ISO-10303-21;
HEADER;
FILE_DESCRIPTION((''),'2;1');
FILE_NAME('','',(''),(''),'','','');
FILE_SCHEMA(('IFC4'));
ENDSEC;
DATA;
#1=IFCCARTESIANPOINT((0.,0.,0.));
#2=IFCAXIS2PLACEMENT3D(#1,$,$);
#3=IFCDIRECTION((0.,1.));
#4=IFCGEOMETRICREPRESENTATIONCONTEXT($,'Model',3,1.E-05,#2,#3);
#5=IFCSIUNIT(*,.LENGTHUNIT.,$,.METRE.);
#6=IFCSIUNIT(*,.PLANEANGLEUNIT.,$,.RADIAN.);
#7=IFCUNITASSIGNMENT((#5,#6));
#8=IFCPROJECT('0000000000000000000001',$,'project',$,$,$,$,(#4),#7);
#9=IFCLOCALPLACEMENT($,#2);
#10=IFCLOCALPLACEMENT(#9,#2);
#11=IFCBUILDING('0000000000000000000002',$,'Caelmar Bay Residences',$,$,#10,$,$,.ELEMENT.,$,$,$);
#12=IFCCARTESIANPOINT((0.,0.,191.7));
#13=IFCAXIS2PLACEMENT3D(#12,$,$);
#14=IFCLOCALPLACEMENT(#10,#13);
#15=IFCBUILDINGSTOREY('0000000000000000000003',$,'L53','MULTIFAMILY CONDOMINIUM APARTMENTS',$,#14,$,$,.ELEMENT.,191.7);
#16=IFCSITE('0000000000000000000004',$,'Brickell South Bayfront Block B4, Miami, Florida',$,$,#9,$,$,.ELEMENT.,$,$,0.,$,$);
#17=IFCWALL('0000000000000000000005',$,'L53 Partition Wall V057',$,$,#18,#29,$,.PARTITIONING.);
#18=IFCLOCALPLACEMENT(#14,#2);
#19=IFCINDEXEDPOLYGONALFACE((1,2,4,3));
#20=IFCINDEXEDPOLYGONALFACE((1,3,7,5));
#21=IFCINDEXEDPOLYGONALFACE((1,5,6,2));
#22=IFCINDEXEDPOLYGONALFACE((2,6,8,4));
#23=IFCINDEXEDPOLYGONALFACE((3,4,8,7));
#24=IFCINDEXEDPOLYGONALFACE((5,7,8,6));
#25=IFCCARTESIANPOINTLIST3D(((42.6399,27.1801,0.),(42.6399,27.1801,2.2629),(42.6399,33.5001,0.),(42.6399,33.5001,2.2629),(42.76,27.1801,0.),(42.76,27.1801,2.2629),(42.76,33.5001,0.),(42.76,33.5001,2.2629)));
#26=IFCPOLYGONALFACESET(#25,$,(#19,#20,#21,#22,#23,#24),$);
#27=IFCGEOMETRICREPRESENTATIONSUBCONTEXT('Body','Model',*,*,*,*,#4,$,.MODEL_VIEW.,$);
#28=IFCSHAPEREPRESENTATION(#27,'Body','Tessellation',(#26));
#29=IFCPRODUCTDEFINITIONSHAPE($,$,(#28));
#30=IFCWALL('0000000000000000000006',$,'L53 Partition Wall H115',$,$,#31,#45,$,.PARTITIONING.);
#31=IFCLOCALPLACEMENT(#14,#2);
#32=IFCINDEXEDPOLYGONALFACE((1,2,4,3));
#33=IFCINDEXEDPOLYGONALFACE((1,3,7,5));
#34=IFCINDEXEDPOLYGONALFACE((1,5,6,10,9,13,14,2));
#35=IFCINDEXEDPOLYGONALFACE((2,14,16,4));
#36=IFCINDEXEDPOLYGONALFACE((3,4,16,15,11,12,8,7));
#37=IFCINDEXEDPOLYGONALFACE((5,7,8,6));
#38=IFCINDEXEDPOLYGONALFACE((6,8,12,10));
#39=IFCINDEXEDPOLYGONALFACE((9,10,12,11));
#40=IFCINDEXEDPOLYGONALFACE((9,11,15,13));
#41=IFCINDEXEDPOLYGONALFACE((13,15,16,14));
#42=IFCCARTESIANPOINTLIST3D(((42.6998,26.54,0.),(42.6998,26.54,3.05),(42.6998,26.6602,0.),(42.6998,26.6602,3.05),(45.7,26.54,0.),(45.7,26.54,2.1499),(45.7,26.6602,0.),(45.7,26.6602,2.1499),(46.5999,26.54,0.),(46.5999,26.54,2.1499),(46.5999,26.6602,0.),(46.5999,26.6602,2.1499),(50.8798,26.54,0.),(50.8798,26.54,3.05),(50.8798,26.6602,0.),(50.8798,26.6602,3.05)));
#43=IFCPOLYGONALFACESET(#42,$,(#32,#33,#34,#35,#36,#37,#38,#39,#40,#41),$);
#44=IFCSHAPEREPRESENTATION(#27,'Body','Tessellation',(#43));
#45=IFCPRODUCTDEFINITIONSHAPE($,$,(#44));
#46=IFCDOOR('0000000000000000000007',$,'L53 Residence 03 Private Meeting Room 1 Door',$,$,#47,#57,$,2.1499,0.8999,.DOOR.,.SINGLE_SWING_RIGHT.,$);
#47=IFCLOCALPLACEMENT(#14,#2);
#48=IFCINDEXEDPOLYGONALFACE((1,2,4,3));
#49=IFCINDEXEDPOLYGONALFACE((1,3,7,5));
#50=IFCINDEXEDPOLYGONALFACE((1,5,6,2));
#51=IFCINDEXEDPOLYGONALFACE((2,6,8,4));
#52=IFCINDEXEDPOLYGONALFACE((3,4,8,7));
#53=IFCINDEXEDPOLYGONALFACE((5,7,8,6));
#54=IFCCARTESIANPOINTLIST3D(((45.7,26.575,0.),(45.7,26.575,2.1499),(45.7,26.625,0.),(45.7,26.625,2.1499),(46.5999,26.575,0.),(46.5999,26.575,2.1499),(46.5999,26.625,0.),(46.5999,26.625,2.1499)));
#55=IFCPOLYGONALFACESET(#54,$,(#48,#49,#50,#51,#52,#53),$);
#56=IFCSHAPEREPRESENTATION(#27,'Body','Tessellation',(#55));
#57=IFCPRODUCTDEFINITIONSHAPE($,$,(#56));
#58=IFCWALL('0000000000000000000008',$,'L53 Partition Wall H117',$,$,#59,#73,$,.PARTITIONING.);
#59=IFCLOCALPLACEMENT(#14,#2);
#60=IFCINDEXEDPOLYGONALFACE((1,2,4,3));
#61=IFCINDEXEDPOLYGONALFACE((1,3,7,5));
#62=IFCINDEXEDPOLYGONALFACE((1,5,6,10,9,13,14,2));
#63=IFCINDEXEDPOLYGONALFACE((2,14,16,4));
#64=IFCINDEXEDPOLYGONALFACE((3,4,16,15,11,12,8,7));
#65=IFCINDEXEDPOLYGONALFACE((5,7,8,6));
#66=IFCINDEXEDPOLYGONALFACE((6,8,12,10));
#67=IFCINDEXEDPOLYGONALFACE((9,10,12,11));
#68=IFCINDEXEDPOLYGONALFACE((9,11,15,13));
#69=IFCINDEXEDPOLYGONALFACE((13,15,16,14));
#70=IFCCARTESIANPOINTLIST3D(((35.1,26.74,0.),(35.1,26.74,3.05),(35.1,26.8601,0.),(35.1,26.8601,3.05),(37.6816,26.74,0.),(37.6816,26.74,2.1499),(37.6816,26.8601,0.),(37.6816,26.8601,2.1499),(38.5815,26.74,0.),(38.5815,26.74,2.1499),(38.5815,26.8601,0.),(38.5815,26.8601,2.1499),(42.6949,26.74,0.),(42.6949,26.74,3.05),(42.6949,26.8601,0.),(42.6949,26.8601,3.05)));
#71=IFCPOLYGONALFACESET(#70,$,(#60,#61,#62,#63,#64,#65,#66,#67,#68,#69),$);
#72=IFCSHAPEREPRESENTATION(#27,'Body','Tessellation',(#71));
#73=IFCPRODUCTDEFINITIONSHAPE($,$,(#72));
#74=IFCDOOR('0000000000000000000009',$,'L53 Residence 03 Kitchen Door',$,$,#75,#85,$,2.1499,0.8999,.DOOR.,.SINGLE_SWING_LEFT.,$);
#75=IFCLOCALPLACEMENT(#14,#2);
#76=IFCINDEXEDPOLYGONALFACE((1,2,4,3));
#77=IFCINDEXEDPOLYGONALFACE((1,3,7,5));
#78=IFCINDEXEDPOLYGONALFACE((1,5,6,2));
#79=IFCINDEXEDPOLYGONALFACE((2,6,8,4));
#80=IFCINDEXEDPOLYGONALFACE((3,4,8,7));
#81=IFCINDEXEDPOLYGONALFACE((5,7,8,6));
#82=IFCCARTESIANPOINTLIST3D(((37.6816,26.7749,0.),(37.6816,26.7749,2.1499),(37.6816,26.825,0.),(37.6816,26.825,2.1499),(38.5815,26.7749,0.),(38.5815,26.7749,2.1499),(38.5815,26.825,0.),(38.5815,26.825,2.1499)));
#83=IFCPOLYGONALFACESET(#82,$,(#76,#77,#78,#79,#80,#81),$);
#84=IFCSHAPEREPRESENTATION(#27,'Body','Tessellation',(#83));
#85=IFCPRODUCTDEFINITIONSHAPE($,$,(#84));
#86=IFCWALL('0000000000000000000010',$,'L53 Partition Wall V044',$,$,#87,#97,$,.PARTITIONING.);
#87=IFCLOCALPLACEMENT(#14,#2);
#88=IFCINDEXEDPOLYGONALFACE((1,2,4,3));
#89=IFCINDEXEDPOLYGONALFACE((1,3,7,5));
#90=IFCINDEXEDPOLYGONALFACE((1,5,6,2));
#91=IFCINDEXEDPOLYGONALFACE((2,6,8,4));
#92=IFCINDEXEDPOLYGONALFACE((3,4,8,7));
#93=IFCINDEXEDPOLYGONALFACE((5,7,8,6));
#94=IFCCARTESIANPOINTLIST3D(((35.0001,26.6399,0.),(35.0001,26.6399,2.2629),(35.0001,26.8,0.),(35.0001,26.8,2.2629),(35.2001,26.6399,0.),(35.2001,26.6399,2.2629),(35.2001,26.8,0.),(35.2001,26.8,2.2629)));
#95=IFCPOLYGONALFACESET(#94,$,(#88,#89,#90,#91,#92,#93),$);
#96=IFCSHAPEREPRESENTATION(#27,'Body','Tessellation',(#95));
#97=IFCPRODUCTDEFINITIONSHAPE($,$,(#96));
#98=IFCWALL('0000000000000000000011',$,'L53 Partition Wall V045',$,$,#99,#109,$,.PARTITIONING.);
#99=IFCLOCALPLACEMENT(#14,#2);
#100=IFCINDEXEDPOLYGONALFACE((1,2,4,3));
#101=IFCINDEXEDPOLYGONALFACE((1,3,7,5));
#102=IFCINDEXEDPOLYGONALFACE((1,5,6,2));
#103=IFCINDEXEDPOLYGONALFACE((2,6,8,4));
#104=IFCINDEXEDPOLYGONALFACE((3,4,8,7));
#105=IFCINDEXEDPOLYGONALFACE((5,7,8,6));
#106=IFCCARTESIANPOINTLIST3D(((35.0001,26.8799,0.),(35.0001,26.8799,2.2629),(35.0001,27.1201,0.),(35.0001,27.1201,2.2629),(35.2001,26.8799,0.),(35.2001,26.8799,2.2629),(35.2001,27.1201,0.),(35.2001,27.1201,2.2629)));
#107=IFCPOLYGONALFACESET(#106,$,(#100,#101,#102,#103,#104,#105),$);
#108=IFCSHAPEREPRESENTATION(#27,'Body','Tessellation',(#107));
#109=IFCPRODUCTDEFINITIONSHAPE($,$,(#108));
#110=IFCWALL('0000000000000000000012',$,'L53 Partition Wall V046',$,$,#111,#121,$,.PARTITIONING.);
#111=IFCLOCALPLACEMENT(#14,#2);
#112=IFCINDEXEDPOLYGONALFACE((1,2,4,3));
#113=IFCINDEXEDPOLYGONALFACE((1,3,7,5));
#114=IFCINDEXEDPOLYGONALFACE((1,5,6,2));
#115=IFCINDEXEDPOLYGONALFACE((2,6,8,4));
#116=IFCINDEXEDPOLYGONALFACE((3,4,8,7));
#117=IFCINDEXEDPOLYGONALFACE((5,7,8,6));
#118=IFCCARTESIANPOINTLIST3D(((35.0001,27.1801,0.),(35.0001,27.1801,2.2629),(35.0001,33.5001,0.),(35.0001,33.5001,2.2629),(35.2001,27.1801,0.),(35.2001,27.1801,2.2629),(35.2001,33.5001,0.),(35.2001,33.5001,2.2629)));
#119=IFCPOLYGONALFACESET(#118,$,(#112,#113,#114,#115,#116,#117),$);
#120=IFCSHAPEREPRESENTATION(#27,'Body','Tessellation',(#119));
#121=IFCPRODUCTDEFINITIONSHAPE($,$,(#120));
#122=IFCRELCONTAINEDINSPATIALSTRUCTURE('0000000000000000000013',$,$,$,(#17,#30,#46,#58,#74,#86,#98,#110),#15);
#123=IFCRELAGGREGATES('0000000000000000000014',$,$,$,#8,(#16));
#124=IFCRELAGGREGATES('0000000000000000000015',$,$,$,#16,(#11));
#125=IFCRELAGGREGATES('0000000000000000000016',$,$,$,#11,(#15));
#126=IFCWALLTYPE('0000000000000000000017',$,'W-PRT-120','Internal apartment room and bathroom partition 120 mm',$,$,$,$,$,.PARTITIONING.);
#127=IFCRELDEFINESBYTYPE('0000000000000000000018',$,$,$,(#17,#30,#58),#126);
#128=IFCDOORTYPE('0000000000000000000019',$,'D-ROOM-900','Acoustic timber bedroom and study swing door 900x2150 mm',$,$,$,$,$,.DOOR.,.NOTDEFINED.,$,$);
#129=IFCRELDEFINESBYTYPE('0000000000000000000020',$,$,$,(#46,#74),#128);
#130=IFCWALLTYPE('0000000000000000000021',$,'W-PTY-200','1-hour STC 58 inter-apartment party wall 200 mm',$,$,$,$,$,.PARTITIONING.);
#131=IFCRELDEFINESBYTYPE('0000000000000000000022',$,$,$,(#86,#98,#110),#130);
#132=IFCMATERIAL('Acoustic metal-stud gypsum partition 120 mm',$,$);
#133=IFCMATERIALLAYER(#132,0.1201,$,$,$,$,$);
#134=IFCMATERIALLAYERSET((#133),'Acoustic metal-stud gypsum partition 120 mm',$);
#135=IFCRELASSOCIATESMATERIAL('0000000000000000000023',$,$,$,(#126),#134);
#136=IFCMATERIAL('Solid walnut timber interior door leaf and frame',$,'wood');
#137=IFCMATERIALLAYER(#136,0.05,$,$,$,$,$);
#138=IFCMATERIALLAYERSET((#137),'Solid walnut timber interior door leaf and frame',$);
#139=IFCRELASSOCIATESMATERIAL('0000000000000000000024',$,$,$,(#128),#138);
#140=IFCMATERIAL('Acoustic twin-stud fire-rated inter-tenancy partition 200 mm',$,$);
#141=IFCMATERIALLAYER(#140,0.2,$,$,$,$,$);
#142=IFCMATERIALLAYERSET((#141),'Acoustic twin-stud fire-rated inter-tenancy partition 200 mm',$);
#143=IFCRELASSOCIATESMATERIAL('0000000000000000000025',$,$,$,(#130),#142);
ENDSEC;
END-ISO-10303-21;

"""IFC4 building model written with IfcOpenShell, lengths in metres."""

from ifc_helpers import new_model, si_unit, direction, frame, frame_2d, origin, place, context, subcontext, project, spatial, rectangle, extrude, material, layer, layer_set, type_object, element, fill, save


model = new_model("IFC4")

# Units and contexts
model_context = context("Model", 3, precision=1e-05, world=origin(), true_north=direction((0.0, 1.0)))
body_context = subcontext(model_context, "Body", "Model", "MODEL_VIEW")
ifc_project = project(units=[si_unit("LENGTHUNIT", "METRE"), si_unit("PLANEANGLEUNIT", "RADIAN")], contexts=[model_context])

# Site, building, storey
site_placement = place(None, origin())
site = spatial("IfcSite", under=ifc_project, at=site_placement, Name="Brickell South Bayfront Block B4, Miami, Florida", CompositionType="ELEMENT", RefElevation=0.0)
building_placement = place(site_placement, origin())
building = spatial("IfcBuilding", under=site, at=building_placement, Name="Caelmar Bay Residences", CompositionType="ELEMENT")
storey_placement = place(building_placement, frame((0.0, 0.0, 191.7)))
storey = spatial("IfcBuildingStorey", under=building, at=storey_placement, Name="L53", Description="MULTIFAMILY CONDOMINIUM APARTMENTS", CompositionType="ELEMENT", Elevation=191.7)

# Shared definitions
ifc_material_1 = material(Name="Acoustic metal-stud gypsum partition 120 mm")
ifc_layer_1 = layer(ifc_material_1, 0.1201)
ifc_layer_set_1 = layer_set([ifc_layer_1], Name="Acoustic metal-stud gypsum partition 120 mm")
wall_type_1 = type_object("IfcWallType", Name="W-PRT-120", Description="Internal apartment room and bathroom partition 120 mm", PredefinedType="PARTITIONING", material=ifc_layer_set_1)

# Shared definitions
ifc_material_2 = material(Name="Solid walnut timber interior door leaf and frame", Category="wood")
ifc_layer_2 = layer(ifc_material_2, 0.05)
ifc_layer_set_2 = layer_set([ifc_layer_2], Name="Solid walnut timber interior door leaf and frame")
door_type_1 = type_object("IfcDoorType", Name="D-ROOM-900", Description="Acoustic timber bedroom and study swing door 900x2150 mm", OperationType="NOTDEFINED", PredefinedType="DOOR", material=ifc_layer_set_2)

# Wall
wall_1_placement = place(storey_placement, frame((42.7, 27.1799, 0.0), z_axis=(0.0, 0.0, 1.0), x_axis=(0.0, 1.0, 0.0)))
element("IfcWall", 1, at=wall_1_placement, inside=storey, type_object=wall_type_1, Name="L53 Partition Wall V057", PredefinedType="PARTITIONING", context=body_context, shape_type="SweptSolid", body=[
    extrude(rectangle(XDim=6.3201, YDim=0.1201, at=frame_2d((3.1602, 0.0))), origin(), (0.0, 0.0, 1.0), 2.2629),
])

# Walls, openings, doors
wall_2_placement = place(storey_placement, frame((42.7, 26.6001, 0.0), z_axis=(0.0, 0.0, 1.0), x_axis=(1.0, 0.0, 0.0)))
wall_2 = element("IfcWall", 2, at=wall_2_placement, inside=storey, type_object=wall_type_1, Name="L53 Partition Wall H115", PredefinedType="PARTITIONING", context=body_context, shape_type="SweptSolid", body=[
    extrude(rectangle(XDim=8.1799, YDim=0.1201, at=frame_2d((4.0898, 0.0))), origin(), (0.0, 0.0, 1.0), 3.05),
])
opening_1_placement = place(wall_2_placement, frame((3.0, 0.0, 0.0)))
opening_1 = element("IfcOpeningElement", 3, at=opening_1_placement, cuts=wall_2, PredefinedType="OPENING", context=body_context, shape_type="SweptSolid", body=[
    extrude(rectangle(XDim=0.8999, YDim=2.1499, at=frame_2d((0.45, 1.075))), frame((0.0, 0.0701, 0.0), z_axis=(0.0, -1.0, 0.0), x_axis=(1.0, 0.0, 0.0)), (0.0, 0.0, 1.0), 0.1401),
])
door_1_placement = place(opening_1_placement, origin())
door_1 = element("IfcDoor", 4, at=door_1_placement, inside=storey, type_object=door_type_1, Name="L53 Residence 03 Private Meeting Room 1 Door", OperationType="SINGLE_SWING_RIGHT", OverallHeight=2.1499, OverallWidth=0.8999, PredefinedType="DOOR", context=body_context, shape_type="SweptSolid", body=[
    extrude(rectangle(XDim=0.8999, YDim=2.1499, at=frame_2d((0.45, 1.075))), frame((0.0, 0.0249, 0.0), z_axis=(0.0, -1.0, 0.0), x_axis=(1.0, 0.0, 0.0)), (0.0, 0.0, 1.0), 0.05),
])
fill(opening_1, door_1)
wall_3_placement = place(storey_placement, frame((35.1001, 26.8, 0.0), z_axis=(0.0, 0.0, 1.0), x_axis=(1.0, 0.0, 0.0)))
wall_3 = element("IfcWall", 5, at=wall_3_placement, inside=storey, type_object=wall_type_1, Name="L53 Partition Wall H117", PredefinedType="PARTITIONING", context=body_context, shape_type="SweptSolid", body=[
    extrude(rectangle(XDim=7.595, YDim=0.1201, at=frame_2d((3.7974, 0.0))), origin(), (0.0, 0.0, 1.0), 3.05),
])
opening_2_placement = place(wall_3_placement, frame((2.5815, 0.0, 0.0)))
opening_2 = element("IfcOpeningElement", 6, at=opening_2_placement, cuts=wall_3, PredefinedType="OPENING", context=body_context, shape_type="SweptSolid", body=[
    extrude(rectangle(XDim=0.8999, YDim=2.1499, at=frame_2d((0.45, 1.075))), frame((0.0, 0.0701, 0.0), z_axis=(0.0, -1.0, 0.0), x_axis=(1.0, 0.0, 0.0)), (0.0, 0.0, 1.0), 0.1401),
])
door_2_placement = place(opening_2_placement, origin())
door_2 = element("IfcDoor", 7, at=door_2_placement, inside=storey, type_object=door_type_1, Name="L53 Residence 03 Kitchen Door", OperationType="SINGLE_SWING_LEFT", OverallHeight=2.1499, OverallWidth=0.8999, PredefinedType="DOOR", context=body_context, shape_type="SweptSolid", body=[
    extrude(rectangle(XDim=0.8999, YDim=2.1499, at=frame_2d((0.45, 1.075))), frame((0.0, 0.0249, 0.0), z_axis=(0.0, -1.0, 0.0), x_axis=(1.0, 0.0, 0.0)), (0.0, 0.0, 1.0), 0.05),
])
fill(opening_2, door_2)

# Walls
ifc_material_3 = material(Name="Acoustic twin-stud fire-rated inter-tenancy partition 200 mm")
ifc_layer_3 = layer(ifc_material_3, 0.2)
ifc_layer_set_3 = layer_set([ifc_layer_3], Name="Acoustic twin-stud fire-rated inter-tenancy partition 200 mm")
wall_type_2 = type_object("IfcWallType", Name="W-PTY-200", Description="1-hour STC 58 inter-apartment party wall 200 mm", PredefinedType="PARTITIONING", material=ifc_layer_set_3)
wall_4_placement = place(storey_placement, frame((35.1001, 26.6399, 0.0), z_axis=(0.0, 0.0, 1.0), x_axis=(0.0, 1.0, 0.0)))
element("IfcWall", 8, at=wall_4_placement, inside=storey, type_object=wall_type_2, Name="L53 Partition Wall V044", PredefinedType="PARTITIONING", context=body_context, shape_type="SweptSolid", body=[
    extrude(rectangle(XDim=0.1602, YDim=0.2, at=frame_2d((0.0801, 0.0))), origin(), (0.0, 0.0, 1.0), 2.2629),
])
wall_5_placement = place(storey_placement, frame((35.1001, 26.8799, 0.0), z_axis=(0.0, 0.0, 1.0), x_axis=(0.0, 1.0, 0.0)))
element("IfcWall", 9, at=wall_5_placement, inside=storey, type_object=wall_type_2, Name="L53 Partition Wall V045", PredefinedType="PARTITIONING", context=body_context, shape_type="SweptSolid", body=[
    extrude(rectangle(XDim=0.2402, YDim=0.2, at=frame_2d((0.1201, 0.0))), origin(), (0.0, 0.0, 1.0), 2.2629),
])
wall_6_placement = place(storey_placement, frame((35.1001, 27.1799, 0.0), z_axis=(0.0, 0.0, 1.0), x_axis=(0.0, 1.0, 0.0)))
element("IfcWall", 10, at=wall_6_placement, inside=storey, type_object=wall_type_2, Name="L53 Partition Wall V046", PredefinedType="PARTITIONING", context=body_context, shape_type="SweptSolid", body=[
    extrude(rectangle(XDim=6.3201, YDim=0.2, at=frame_2d((3.1602, 0.0))), origin(), (0.0, 0.0, 1.0), 2.2629),
])

save(model, "model.ifc")
